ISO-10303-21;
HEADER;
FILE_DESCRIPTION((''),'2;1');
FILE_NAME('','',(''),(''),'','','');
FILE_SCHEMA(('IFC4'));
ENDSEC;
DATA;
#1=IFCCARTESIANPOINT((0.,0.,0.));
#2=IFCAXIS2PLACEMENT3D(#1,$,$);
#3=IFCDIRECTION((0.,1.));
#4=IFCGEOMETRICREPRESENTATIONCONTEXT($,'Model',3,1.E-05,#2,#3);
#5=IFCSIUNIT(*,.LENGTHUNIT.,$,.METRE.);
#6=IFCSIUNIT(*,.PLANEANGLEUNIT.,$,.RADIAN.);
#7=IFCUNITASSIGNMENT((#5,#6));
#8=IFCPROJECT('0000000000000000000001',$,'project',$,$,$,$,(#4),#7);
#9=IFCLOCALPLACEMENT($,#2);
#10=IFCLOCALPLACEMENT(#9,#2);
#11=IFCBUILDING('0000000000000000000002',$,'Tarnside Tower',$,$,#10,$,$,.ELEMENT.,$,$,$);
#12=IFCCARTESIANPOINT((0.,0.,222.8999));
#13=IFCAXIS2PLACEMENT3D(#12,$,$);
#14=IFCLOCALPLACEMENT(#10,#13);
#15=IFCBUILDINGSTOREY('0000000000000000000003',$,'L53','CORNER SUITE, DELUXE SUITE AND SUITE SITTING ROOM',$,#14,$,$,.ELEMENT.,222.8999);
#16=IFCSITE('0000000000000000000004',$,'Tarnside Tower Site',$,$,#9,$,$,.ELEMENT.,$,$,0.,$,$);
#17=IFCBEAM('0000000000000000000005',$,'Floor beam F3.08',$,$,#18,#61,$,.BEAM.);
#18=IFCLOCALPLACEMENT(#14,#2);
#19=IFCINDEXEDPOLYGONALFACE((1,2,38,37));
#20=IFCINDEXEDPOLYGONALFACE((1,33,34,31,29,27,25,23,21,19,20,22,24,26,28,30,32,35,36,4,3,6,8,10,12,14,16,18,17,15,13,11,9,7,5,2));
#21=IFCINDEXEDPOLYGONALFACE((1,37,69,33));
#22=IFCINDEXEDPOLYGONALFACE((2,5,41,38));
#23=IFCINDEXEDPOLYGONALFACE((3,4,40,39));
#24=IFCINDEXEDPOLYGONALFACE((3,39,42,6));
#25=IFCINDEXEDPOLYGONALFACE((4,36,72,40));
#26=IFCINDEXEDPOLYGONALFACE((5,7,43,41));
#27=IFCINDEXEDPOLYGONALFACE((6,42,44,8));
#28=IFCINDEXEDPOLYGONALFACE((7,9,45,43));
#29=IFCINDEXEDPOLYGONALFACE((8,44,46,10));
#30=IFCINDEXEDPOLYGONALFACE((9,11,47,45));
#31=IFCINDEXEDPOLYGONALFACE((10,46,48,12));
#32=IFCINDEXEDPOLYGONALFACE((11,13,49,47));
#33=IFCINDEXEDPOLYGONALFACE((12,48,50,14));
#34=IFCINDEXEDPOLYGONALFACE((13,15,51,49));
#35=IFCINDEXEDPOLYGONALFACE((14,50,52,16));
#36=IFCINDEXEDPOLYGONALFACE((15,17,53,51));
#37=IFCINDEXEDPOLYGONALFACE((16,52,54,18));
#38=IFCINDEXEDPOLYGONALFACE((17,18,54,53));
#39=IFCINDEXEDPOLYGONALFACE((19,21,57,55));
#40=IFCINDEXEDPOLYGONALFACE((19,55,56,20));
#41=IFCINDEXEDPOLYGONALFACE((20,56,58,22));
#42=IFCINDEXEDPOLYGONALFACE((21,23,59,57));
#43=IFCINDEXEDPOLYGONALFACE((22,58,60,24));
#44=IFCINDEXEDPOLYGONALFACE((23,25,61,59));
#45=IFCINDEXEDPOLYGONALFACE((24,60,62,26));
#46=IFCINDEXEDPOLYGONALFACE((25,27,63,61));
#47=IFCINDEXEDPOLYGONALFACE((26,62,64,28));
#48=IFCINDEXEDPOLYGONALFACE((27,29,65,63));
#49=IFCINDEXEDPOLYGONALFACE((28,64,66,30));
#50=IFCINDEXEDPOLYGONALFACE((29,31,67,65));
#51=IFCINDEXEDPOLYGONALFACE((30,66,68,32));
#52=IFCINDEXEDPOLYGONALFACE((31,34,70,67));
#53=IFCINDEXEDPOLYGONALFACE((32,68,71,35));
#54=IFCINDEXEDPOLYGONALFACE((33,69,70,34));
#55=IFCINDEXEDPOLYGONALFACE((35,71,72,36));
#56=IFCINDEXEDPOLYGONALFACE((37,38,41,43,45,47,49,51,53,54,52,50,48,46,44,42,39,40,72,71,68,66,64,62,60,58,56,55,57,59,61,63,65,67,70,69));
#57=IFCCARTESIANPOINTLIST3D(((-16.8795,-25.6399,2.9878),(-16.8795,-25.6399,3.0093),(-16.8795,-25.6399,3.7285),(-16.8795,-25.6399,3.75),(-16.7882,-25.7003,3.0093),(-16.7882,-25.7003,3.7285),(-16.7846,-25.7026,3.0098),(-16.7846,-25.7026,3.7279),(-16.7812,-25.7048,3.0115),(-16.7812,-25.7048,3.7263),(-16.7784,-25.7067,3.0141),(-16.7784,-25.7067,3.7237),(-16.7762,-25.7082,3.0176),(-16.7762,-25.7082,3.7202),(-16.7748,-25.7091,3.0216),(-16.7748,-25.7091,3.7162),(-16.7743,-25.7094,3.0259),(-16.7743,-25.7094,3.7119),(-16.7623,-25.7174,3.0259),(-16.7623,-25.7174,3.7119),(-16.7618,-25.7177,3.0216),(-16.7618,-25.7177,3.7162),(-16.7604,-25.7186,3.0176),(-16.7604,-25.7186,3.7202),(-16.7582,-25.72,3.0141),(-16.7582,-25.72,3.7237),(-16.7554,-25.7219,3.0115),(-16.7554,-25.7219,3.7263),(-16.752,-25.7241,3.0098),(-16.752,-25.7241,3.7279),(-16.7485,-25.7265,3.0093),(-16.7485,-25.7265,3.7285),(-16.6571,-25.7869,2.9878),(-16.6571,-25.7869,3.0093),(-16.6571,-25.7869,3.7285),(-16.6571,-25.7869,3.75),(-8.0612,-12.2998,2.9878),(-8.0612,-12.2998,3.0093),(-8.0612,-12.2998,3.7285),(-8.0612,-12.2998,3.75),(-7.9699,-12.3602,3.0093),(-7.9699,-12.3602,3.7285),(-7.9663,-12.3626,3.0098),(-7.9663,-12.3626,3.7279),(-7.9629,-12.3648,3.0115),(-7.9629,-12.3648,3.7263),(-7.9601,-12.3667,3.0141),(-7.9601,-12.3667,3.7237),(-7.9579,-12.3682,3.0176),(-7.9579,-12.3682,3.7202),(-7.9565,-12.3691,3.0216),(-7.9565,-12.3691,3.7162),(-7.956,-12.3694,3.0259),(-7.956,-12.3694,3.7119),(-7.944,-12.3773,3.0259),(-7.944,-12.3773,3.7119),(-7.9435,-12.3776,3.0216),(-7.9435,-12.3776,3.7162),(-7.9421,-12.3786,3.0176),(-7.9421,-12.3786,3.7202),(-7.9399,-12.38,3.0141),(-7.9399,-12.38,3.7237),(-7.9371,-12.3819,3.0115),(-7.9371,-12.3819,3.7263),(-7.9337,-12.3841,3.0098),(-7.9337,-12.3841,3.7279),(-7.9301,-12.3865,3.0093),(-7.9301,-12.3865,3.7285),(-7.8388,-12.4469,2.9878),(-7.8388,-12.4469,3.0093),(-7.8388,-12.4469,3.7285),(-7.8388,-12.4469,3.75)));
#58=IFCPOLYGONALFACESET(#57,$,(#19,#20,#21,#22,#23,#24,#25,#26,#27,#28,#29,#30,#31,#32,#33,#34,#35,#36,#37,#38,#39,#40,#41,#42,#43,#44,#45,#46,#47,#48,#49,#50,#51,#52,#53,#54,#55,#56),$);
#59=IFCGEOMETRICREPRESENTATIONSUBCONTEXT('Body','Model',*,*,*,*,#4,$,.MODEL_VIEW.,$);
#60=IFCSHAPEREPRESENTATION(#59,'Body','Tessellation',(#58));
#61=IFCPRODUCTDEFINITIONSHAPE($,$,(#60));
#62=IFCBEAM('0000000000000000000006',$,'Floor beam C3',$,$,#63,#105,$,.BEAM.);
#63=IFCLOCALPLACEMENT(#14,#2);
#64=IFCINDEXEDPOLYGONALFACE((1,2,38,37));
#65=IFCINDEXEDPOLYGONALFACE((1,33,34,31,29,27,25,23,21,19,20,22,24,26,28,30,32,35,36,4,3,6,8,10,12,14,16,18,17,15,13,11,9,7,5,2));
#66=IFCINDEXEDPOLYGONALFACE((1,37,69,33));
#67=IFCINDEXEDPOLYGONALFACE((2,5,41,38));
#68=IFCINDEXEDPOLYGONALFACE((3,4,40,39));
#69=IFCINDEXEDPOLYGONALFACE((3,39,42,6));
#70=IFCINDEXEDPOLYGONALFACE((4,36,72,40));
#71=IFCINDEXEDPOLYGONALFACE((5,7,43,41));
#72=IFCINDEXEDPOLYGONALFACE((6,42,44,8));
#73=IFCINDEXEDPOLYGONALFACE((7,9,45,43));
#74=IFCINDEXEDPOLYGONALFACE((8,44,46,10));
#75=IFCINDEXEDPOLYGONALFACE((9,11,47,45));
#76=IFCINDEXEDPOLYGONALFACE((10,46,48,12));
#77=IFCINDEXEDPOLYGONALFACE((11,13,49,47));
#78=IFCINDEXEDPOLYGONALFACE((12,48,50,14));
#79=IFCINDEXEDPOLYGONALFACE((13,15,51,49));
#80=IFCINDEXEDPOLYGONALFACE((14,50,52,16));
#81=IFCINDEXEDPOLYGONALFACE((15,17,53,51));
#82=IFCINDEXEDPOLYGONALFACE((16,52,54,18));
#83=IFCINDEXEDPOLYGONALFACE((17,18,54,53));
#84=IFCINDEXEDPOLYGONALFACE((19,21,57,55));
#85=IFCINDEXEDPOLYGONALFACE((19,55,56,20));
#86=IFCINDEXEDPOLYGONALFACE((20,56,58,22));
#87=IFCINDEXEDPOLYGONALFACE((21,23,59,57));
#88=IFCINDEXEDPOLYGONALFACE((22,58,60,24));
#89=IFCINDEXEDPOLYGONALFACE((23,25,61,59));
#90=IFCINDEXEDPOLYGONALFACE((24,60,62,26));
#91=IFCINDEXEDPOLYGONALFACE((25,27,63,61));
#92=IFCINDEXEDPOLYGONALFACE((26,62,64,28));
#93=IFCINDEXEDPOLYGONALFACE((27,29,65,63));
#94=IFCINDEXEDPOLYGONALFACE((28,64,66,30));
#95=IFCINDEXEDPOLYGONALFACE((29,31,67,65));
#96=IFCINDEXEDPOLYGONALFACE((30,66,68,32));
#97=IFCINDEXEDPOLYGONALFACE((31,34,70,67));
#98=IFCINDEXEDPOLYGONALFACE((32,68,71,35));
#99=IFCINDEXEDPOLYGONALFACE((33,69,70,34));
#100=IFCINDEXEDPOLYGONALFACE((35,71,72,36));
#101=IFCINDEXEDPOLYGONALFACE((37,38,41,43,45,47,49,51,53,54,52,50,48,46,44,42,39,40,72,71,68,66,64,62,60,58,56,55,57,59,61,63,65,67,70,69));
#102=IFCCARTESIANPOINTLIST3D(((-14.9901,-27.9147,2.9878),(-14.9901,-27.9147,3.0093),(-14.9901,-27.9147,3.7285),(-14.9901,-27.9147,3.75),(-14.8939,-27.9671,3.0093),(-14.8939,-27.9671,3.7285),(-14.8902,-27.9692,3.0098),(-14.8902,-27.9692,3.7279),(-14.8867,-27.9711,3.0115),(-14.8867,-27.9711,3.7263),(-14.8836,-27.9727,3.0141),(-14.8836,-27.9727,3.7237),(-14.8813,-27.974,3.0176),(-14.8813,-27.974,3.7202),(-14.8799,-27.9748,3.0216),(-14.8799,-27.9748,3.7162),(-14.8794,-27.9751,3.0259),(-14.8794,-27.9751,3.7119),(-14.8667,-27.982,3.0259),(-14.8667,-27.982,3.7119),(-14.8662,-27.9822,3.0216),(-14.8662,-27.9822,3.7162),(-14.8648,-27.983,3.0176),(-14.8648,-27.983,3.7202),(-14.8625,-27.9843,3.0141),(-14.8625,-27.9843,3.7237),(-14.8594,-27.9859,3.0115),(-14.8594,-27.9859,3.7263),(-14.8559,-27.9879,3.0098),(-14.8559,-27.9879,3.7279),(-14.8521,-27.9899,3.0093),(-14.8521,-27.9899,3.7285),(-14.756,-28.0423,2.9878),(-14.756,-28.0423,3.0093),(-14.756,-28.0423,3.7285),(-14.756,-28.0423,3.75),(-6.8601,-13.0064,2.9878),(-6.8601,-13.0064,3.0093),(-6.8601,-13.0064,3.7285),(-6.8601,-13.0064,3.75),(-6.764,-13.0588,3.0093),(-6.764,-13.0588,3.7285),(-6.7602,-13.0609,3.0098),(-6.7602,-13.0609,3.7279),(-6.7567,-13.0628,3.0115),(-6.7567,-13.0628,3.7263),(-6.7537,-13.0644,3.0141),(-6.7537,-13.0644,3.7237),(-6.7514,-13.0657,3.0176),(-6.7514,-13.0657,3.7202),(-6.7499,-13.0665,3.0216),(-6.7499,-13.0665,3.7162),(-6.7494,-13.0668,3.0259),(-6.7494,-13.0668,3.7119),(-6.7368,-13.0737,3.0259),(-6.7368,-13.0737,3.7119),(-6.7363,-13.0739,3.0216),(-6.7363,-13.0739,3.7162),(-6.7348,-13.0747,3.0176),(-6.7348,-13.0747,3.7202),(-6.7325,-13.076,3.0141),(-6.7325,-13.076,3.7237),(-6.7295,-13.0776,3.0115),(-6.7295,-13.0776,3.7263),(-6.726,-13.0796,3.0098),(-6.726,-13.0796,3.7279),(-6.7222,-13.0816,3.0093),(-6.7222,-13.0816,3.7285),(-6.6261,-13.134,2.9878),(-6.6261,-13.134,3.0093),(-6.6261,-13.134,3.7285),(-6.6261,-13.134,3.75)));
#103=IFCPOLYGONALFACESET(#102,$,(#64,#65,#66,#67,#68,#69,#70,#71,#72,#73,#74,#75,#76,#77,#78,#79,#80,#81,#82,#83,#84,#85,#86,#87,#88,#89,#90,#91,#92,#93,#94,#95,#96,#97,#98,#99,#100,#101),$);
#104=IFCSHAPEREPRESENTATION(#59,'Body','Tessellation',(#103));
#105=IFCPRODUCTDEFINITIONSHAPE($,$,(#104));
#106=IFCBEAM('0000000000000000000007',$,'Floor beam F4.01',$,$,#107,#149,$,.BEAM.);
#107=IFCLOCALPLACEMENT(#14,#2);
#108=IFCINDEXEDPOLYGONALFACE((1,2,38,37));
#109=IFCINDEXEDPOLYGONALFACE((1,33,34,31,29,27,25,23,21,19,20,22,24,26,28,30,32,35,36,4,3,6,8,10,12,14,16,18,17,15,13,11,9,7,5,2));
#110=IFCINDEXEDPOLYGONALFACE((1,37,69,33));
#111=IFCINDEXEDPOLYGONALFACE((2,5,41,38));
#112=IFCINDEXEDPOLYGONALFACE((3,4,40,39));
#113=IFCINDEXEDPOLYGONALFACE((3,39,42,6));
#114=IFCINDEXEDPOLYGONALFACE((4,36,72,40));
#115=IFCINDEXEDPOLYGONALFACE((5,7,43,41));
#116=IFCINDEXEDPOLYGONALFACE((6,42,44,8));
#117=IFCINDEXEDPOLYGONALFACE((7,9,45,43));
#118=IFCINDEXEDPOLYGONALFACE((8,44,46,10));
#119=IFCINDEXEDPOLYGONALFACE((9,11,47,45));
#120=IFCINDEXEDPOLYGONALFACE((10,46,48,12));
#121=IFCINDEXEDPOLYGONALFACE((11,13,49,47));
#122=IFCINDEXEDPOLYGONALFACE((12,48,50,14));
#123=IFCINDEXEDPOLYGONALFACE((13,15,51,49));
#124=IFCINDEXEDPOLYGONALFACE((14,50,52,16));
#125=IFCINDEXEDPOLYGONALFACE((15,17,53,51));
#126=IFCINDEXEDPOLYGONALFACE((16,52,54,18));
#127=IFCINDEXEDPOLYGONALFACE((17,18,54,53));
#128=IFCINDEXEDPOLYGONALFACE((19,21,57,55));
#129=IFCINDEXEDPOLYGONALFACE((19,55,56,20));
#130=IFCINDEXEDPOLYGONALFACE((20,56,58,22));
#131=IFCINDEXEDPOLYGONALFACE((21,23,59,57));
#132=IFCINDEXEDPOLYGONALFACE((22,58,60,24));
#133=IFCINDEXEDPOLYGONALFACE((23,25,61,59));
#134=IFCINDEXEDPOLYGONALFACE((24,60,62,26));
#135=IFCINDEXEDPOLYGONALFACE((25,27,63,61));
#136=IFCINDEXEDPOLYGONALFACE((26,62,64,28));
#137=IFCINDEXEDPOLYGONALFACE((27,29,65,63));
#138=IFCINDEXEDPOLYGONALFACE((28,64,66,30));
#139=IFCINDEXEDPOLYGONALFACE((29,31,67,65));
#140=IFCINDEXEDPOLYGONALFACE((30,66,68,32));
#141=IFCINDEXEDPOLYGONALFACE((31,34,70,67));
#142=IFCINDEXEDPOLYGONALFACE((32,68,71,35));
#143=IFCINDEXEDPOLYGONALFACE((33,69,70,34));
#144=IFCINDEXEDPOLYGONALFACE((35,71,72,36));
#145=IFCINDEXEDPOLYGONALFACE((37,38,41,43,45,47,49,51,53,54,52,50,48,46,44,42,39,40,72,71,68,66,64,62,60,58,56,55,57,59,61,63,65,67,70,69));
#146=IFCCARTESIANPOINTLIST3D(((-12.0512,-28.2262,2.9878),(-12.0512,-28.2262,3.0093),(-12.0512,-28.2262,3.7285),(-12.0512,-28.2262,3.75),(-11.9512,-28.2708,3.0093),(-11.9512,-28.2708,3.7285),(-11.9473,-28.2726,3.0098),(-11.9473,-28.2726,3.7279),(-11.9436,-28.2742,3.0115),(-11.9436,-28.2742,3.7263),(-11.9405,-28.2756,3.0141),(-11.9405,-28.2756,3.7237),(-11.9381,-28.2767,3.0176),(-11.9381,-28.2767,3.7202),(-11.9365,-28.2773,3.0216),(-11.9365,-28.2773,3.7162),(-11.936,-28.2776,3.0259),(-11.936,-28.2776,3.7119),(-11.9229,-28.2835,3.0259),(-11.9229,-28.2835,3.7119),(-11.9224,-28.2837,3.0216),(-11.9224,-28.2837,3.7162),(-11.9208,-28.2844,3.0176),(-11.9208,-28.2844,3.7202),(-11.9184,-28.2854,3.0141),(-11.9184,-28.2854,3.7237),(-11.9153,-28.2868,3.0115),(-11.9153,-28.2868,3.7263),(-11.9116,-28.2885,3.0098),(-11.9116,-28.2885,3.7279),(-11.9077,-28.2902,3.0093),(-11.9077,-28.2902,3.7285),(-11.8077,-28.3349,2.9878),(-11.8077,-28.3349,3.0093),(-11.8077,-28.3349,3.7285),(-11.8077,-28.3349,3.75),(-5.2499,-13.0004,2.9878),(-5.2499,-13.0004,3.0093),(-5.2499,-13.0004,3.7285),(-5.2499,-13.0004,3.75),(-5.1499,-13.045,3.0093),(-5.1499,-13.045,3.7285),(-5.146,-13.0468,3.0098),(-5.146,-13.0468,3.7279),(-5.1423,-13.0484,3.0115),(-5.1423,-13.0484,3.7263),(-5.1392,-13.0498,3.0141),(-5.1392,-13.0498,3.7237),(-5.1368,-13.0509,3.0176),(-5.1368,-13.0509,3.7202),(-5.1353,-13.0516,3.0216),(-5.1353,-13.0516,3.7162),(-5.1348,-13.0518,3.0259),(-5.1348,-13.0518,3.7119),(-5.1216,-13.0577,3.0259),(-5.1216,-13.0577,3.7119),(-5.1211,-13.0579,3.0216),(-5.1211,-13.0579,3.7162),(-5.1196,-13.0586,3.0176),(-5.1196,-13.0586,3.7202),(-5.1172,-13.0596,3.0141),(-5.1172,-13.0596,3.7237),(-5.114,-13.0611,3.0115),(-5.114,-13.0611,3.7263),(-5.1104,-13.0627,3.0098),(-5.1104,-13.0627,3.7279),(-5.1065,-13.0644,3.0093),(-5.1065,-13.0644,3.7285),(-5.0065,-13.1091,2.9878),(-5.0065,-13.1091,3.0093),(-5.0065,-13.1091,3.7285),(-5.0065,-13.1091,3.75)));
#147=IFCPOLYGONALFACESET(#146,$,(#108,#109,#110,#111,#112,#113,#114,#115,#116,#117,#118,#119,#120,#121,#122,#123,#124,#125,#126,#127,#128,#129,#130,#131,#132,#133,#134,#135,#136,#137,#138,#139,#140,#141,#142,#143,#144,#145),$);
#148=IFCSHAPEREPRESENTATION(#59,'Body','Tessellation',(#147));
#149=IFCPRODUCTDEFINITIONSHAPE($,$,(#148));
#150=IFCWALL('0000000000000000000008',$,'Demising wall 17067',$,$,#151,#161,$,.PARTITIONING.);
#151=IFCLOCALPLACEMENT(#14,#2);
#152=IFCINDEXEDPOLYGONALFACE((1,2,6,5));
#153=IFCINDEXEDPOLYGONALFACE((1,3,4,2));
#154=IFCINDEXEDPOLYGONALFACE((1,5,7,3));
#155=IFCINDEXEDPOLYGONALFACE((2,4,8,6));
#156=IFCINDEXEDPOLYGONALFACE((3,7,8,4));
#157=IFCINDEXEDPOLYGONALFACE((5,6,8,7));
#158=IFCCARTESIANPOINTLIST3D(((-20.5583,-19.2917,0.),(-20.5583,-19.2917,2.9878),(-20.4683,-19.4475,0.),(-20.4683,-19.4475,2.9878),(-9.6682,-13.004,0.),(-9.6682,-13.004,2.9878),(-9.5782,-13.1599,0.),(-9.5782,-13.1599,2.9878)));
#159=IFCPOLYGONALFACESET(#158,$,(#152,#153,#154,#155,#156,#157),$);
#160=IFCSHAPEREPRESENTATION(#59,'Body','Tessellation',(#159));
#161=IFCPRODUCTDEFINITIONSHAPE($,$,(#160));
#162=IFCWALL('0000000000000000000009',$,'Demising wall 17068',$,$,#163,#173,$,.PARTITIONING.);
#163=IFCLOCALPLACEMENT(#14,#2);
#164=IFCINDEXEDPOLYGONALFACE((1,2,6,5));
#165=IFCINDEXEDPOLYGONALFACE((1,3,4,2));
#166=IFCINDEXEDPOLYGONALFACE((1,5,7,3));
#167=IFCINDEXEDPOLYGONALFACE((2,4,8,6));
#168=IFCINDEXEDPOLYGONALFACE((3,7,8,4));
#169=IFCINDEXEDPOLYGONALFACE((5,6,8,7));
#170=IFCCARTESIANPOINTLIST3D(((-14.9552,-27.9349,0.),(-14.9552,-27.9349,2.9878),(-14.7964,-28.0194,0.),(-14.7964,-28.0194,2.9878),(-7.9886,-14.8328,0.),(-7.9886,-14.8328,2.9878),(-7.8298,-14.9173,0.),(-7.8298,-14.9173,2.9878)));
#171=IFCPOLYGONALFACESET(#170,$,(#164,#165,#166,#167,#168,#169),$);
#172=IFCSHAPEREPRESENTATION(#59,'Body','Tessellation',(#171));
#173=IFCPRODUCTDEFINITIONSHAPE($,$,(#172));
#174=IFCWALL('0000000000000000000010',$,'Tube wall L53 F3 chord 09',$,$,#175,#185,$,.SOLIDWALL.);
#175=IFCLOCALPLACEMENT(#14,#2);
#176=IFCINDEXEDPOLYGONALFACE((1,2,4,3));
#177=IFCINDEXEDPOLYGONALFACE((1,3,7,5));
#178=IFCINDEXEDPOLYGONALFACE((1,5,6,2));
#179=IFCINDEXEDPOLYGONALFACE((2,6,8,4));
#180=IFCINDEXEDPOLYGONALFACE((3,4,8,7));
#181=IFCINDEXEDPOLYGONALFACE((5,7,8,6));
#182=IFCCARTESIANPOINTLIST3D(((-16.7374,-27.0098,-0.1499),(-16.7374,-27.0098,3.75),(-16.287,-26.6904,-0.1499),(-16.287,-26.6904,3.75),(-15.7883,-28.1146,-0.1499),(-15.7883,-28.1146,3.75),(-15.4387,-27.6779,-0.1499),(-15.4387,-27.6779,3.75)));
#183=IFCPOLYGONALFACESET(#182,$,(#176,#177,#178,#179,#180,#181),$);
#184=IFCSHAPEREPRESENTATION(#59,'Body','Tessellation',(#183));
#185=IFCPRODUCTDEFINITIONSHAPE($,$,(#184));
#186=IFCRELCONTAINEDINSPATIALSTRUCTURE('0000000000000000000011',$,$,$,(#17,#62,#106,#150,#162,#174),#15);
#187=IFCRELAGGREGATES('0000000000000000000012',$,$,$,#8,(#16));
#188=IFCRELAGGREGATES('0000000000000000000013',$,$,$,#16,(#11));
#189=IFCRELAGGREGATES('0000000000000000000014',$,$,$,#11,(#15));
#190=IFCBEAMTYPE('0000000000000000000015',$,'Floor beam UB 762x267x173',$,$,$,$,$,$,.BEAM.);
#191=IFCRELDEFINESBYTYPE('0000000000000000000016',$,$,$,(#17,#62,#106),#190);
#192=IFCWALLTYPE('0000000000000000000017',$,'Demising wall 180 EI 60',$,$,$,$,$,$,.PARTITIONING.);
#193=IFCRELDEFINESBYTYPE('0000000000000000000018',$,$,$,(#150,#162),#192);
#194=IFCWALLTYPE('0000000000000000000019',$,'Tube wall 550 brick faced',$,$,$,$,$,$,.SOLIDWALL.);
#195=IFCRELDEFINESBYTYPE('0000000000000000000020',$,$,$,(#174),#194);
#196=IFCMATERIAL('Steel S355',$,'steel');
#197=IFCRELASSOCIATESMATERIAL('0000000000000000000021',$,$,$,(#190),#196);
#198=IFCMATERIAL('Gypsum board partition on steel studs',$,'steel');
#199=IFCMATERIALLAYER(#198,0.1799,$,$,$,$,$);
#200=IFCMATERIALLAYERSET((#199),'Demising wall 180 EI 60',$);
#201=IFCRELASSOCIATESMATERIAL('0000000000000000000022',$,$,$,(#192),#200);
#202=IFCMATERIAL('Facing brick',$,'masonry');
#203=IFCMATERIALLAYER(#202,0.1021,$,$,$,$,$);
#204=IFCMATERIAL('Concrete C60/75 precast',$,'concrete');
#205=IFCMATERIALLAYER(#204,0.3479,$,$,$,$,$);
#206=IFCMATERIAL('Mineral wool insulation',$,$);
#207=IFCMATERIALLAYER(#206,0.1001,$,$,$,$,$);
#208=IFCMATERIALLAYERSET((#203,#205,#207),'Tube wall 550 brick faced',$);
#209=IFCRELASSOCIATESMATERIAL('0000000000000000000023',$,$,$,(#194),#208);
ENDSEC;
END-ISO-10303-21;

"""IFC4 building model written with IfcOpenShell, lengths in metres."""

from ifc_helpers import new_model, si_unit, direction, frame, frame_2d, origin, origin_2d, place, context, subcontext, project, spatial, polyline, rectangle, i_section, outline, extrude, material, layer, layer_set, material_profile, profile_set, type_object, element, save


model = new_model("IFC4")

# Units and contexts
model_context = context("Model", 3, precision=1e-05, world=origin(), true_north=direction((0.0, 1.0)))
body_context = subcontext(model_context, "Body", "Model", "MODEL_VIEW")
ifc_project = project(units=[si_unit("LENGTHUNIT", "METRE"), si_unit("PLANEANGLEUNIT", "RADIAN")], contexts=[model_context])

# Site, building, storey
site_placement = place(None, origin())
site = spatial("IfcSite", under=ifc_project, at=site_placement, Name="Tarnside Tower Site", CompositionType="ELEMENT", RefElevation=0.0)
building_placement = place(site_placement, origin())
building = spatial("IfcBuilding", under=site, at=building_placement, Name="Tarnside Tower", CompositionType="ELEMENT")
storey_placement = place(building_placement, frame((0.0, 0.0, 222.8999)))
storey = spatial("IfcBuildingStorey", under=building, at=storey_placement, Name="L53", Description="CORNER SUITE, DELUXE SUITE AND SUITE SITTING ROOM", CompositionType="ELEMENT", Elevation=222.8999)

# Beams
ifc_material_1 = material(Name="Steel S355", Category="steel")
ifc_material_profile_1 = material_profile(ifc_material_1, i_section(OverallWidth=0.2666, OverallDepth=0.7622, WebThickness=0.0144, FlangeThickness=0.0215, FilletRadius=0.0166, at=origin_2d()), Name="UB 762x267x173")
ifc_profile_set_1 = profile_set([ifc_material_profile_1], Name="Steel S355")
beam_type_1 = type_object("IfcBeamType", Name="Floor beam UB 762x267x173", PredefinedType="BEAM", material=ifc_profile_set_1)
beam_1_placement = place(storey_placement, frame((-16.7683, -25.7134, 3.3689), z_axis=(0.551448, 0.83421, 0.0), x_axis=(-0.83421, 0.551448, 0.0)))
element("IfcBeam", 1, at=beam_1_placement, inside=storey, type_object=beam_type_1, Name="Floor beam F3.08", PredefinedType="BEAM", context=body_context, shape_type="SweptSolid", body=[
    extrude(i_section(OverallWidth=0.2666, OverallDepth=0.7622, WebThickness=0.0144, FlangeThickness=0.0215, FilletRadius=0.0166, at=origin_2d()), origin(), (0.0, 0.0, 1.0), 15.9912),
])
beam_2_placement = place(storey_placement, frame((-14.873, -27.9785, 3.3689), z_axis=(0.478768, 0.877942, 0.0), x_axis=(-0.877942, 0.478768, 0.0)))
element("IfcBeam", 2, at=beam_2_placement, inside=storey, type_object=beam_type_1, Name="Floor beam C3", PredefinedType="BEAM", context=body_context, shape_type="SweptSolid", body=[
    extrude(i_section(OverallWidth=0.2666, OverallDepth=0.7622, WebThickness=0.0144, FlangeThickness=0.0215, FilletRadius=0.0166, at=origin_2d()), origin(), (0.0, 0.0, 1.0), 16.981),
])
beam_3_placement = place(storey_placement, frame((-11.9294, -28.2805, 3.3689), z_axis=(0.407852, 0.913048, 0.0), x_axis=(-0.913048, 0.407852, 0.0)))
element("IfcBeam", 3, at=beam_3_placement, inside=storey, type_object=beam_type_1, Name="Floor beam F4.01", PredefinedType="BEAM", context=body_context, shape_type="SweptSolid", body=[
    extrude(i_section(OverallWidth=0.2666, OverallDepth=0.7622, WebThickness=0.0144, FlangeThickness=0.0215, FilletRadius=0.0166, at=origin_2d()), origin(), (0.0, 0.0, 1.0), 16.6758),
])

# Walls
ifc_material_2 = material(Name="Gypsum board partition on steel studs", Category="steel")
ifc_layer_1 = layer(ifc_material_2, 0.1799)
ifc_layer_set_1 = layer_set([ifc_layer_1], Name="Demising wall 180 EI 60")
wall_type_1 = type_object("IfcWallType", Name="Demising wall 180 EI 60", PredefinedType="PARTITIONING", material=ifc_layer_set_1)
wall_1_placement = place(storey_placement, frame((-20.5134, -19.3696, 0.0), z_axis=(0.0, 0.0, 1.0), x_axis=(0.866019, 0.50001, 0.0)))
element("IfcWall", 4, at=wall_1_placement, inside=storey, type_object=wall_type_1, Name="Demising wall 17067", PredefinedType="PARTITIONING", context=body_context, shape_type="SweptSolid", body=[
    extrude(rectangle(XDim=12.575, YDim=0.1799, at=frame_2d((6.2876, 0.0))), origin(), (0.0, 0.0, 1.0), 2.9878),
])
wall_2_placement = place(storey_placement, frame((-14.8757, -27.9771, 0.0), z_axis=(0.0, 0.0, 1.0), x_axis=(0.469475, 0.882946, 0.0)))
element("IfcWall", 5, at=wall_2_placement, inside=storey, type_object=wall_type_1, Name="Demising wall 17068", PredefinedType="PARTITIONING", context=body_context, shape_type="SweptSolid", body=[
    extrude(rectangle(XDim=14.8391, YDim=0.1799, at=frame_2d((7.4194, 0.0))), origin(), (0.0, 0.0, 1.0), 2.9878),
])
ifc_material_3 = material(Name="Facing brick", Category="masonry")
ifc_layer_2 = layer(ifc_material_3, 0.1021)
ifc_material_4 = material(Name="Concrete C60/75 precast", Category="concrete")
ifc_layer_3 = layer(ifc_material_4, 0.3479)
ifc_material_5 = material(Name="Mineral wool insulation")
ifc_layer_4 = layer(ifc_material_5, 0.1001)
ifc_layer_set_2 = layer_set([ifc_layer_2, ifc_layer_3, ifc_layer_4], Name="Tube wall 550 brick faced")
wall_type_2 = type_object("IfcWallType", Name="Tube wall 550 brick faced", PredefinedType="SOLIDWALL", material=ifc_layer_set_2)
wall_3_placement = place(storey_placement, frame((-16.5122, -26.8501, -0.1499), z_axis=(0.0, 0.0, 1.0), x_axis=(0.651622, -0.758544, 0.0)))
element("IfcWall", 6, at=wall_3_placement, inside=storey, type_object=wall_type_2, Name="Tube wall L53 F3 chord 09", PredefinedType="SOLIDWALL", context=body_context, shape_type="SweptSolid", body=[
    extrude(outline(polyline([(-0.0256, -0.2749), (1.4309, -0.2749), (1.3274, 0.2749), (0.0256, 0.2749), (-0.0256, -0.2749)])), origin(), (0.0, 0.0, 1.0), 3.8999),
])

save(model, "model.ifc")
